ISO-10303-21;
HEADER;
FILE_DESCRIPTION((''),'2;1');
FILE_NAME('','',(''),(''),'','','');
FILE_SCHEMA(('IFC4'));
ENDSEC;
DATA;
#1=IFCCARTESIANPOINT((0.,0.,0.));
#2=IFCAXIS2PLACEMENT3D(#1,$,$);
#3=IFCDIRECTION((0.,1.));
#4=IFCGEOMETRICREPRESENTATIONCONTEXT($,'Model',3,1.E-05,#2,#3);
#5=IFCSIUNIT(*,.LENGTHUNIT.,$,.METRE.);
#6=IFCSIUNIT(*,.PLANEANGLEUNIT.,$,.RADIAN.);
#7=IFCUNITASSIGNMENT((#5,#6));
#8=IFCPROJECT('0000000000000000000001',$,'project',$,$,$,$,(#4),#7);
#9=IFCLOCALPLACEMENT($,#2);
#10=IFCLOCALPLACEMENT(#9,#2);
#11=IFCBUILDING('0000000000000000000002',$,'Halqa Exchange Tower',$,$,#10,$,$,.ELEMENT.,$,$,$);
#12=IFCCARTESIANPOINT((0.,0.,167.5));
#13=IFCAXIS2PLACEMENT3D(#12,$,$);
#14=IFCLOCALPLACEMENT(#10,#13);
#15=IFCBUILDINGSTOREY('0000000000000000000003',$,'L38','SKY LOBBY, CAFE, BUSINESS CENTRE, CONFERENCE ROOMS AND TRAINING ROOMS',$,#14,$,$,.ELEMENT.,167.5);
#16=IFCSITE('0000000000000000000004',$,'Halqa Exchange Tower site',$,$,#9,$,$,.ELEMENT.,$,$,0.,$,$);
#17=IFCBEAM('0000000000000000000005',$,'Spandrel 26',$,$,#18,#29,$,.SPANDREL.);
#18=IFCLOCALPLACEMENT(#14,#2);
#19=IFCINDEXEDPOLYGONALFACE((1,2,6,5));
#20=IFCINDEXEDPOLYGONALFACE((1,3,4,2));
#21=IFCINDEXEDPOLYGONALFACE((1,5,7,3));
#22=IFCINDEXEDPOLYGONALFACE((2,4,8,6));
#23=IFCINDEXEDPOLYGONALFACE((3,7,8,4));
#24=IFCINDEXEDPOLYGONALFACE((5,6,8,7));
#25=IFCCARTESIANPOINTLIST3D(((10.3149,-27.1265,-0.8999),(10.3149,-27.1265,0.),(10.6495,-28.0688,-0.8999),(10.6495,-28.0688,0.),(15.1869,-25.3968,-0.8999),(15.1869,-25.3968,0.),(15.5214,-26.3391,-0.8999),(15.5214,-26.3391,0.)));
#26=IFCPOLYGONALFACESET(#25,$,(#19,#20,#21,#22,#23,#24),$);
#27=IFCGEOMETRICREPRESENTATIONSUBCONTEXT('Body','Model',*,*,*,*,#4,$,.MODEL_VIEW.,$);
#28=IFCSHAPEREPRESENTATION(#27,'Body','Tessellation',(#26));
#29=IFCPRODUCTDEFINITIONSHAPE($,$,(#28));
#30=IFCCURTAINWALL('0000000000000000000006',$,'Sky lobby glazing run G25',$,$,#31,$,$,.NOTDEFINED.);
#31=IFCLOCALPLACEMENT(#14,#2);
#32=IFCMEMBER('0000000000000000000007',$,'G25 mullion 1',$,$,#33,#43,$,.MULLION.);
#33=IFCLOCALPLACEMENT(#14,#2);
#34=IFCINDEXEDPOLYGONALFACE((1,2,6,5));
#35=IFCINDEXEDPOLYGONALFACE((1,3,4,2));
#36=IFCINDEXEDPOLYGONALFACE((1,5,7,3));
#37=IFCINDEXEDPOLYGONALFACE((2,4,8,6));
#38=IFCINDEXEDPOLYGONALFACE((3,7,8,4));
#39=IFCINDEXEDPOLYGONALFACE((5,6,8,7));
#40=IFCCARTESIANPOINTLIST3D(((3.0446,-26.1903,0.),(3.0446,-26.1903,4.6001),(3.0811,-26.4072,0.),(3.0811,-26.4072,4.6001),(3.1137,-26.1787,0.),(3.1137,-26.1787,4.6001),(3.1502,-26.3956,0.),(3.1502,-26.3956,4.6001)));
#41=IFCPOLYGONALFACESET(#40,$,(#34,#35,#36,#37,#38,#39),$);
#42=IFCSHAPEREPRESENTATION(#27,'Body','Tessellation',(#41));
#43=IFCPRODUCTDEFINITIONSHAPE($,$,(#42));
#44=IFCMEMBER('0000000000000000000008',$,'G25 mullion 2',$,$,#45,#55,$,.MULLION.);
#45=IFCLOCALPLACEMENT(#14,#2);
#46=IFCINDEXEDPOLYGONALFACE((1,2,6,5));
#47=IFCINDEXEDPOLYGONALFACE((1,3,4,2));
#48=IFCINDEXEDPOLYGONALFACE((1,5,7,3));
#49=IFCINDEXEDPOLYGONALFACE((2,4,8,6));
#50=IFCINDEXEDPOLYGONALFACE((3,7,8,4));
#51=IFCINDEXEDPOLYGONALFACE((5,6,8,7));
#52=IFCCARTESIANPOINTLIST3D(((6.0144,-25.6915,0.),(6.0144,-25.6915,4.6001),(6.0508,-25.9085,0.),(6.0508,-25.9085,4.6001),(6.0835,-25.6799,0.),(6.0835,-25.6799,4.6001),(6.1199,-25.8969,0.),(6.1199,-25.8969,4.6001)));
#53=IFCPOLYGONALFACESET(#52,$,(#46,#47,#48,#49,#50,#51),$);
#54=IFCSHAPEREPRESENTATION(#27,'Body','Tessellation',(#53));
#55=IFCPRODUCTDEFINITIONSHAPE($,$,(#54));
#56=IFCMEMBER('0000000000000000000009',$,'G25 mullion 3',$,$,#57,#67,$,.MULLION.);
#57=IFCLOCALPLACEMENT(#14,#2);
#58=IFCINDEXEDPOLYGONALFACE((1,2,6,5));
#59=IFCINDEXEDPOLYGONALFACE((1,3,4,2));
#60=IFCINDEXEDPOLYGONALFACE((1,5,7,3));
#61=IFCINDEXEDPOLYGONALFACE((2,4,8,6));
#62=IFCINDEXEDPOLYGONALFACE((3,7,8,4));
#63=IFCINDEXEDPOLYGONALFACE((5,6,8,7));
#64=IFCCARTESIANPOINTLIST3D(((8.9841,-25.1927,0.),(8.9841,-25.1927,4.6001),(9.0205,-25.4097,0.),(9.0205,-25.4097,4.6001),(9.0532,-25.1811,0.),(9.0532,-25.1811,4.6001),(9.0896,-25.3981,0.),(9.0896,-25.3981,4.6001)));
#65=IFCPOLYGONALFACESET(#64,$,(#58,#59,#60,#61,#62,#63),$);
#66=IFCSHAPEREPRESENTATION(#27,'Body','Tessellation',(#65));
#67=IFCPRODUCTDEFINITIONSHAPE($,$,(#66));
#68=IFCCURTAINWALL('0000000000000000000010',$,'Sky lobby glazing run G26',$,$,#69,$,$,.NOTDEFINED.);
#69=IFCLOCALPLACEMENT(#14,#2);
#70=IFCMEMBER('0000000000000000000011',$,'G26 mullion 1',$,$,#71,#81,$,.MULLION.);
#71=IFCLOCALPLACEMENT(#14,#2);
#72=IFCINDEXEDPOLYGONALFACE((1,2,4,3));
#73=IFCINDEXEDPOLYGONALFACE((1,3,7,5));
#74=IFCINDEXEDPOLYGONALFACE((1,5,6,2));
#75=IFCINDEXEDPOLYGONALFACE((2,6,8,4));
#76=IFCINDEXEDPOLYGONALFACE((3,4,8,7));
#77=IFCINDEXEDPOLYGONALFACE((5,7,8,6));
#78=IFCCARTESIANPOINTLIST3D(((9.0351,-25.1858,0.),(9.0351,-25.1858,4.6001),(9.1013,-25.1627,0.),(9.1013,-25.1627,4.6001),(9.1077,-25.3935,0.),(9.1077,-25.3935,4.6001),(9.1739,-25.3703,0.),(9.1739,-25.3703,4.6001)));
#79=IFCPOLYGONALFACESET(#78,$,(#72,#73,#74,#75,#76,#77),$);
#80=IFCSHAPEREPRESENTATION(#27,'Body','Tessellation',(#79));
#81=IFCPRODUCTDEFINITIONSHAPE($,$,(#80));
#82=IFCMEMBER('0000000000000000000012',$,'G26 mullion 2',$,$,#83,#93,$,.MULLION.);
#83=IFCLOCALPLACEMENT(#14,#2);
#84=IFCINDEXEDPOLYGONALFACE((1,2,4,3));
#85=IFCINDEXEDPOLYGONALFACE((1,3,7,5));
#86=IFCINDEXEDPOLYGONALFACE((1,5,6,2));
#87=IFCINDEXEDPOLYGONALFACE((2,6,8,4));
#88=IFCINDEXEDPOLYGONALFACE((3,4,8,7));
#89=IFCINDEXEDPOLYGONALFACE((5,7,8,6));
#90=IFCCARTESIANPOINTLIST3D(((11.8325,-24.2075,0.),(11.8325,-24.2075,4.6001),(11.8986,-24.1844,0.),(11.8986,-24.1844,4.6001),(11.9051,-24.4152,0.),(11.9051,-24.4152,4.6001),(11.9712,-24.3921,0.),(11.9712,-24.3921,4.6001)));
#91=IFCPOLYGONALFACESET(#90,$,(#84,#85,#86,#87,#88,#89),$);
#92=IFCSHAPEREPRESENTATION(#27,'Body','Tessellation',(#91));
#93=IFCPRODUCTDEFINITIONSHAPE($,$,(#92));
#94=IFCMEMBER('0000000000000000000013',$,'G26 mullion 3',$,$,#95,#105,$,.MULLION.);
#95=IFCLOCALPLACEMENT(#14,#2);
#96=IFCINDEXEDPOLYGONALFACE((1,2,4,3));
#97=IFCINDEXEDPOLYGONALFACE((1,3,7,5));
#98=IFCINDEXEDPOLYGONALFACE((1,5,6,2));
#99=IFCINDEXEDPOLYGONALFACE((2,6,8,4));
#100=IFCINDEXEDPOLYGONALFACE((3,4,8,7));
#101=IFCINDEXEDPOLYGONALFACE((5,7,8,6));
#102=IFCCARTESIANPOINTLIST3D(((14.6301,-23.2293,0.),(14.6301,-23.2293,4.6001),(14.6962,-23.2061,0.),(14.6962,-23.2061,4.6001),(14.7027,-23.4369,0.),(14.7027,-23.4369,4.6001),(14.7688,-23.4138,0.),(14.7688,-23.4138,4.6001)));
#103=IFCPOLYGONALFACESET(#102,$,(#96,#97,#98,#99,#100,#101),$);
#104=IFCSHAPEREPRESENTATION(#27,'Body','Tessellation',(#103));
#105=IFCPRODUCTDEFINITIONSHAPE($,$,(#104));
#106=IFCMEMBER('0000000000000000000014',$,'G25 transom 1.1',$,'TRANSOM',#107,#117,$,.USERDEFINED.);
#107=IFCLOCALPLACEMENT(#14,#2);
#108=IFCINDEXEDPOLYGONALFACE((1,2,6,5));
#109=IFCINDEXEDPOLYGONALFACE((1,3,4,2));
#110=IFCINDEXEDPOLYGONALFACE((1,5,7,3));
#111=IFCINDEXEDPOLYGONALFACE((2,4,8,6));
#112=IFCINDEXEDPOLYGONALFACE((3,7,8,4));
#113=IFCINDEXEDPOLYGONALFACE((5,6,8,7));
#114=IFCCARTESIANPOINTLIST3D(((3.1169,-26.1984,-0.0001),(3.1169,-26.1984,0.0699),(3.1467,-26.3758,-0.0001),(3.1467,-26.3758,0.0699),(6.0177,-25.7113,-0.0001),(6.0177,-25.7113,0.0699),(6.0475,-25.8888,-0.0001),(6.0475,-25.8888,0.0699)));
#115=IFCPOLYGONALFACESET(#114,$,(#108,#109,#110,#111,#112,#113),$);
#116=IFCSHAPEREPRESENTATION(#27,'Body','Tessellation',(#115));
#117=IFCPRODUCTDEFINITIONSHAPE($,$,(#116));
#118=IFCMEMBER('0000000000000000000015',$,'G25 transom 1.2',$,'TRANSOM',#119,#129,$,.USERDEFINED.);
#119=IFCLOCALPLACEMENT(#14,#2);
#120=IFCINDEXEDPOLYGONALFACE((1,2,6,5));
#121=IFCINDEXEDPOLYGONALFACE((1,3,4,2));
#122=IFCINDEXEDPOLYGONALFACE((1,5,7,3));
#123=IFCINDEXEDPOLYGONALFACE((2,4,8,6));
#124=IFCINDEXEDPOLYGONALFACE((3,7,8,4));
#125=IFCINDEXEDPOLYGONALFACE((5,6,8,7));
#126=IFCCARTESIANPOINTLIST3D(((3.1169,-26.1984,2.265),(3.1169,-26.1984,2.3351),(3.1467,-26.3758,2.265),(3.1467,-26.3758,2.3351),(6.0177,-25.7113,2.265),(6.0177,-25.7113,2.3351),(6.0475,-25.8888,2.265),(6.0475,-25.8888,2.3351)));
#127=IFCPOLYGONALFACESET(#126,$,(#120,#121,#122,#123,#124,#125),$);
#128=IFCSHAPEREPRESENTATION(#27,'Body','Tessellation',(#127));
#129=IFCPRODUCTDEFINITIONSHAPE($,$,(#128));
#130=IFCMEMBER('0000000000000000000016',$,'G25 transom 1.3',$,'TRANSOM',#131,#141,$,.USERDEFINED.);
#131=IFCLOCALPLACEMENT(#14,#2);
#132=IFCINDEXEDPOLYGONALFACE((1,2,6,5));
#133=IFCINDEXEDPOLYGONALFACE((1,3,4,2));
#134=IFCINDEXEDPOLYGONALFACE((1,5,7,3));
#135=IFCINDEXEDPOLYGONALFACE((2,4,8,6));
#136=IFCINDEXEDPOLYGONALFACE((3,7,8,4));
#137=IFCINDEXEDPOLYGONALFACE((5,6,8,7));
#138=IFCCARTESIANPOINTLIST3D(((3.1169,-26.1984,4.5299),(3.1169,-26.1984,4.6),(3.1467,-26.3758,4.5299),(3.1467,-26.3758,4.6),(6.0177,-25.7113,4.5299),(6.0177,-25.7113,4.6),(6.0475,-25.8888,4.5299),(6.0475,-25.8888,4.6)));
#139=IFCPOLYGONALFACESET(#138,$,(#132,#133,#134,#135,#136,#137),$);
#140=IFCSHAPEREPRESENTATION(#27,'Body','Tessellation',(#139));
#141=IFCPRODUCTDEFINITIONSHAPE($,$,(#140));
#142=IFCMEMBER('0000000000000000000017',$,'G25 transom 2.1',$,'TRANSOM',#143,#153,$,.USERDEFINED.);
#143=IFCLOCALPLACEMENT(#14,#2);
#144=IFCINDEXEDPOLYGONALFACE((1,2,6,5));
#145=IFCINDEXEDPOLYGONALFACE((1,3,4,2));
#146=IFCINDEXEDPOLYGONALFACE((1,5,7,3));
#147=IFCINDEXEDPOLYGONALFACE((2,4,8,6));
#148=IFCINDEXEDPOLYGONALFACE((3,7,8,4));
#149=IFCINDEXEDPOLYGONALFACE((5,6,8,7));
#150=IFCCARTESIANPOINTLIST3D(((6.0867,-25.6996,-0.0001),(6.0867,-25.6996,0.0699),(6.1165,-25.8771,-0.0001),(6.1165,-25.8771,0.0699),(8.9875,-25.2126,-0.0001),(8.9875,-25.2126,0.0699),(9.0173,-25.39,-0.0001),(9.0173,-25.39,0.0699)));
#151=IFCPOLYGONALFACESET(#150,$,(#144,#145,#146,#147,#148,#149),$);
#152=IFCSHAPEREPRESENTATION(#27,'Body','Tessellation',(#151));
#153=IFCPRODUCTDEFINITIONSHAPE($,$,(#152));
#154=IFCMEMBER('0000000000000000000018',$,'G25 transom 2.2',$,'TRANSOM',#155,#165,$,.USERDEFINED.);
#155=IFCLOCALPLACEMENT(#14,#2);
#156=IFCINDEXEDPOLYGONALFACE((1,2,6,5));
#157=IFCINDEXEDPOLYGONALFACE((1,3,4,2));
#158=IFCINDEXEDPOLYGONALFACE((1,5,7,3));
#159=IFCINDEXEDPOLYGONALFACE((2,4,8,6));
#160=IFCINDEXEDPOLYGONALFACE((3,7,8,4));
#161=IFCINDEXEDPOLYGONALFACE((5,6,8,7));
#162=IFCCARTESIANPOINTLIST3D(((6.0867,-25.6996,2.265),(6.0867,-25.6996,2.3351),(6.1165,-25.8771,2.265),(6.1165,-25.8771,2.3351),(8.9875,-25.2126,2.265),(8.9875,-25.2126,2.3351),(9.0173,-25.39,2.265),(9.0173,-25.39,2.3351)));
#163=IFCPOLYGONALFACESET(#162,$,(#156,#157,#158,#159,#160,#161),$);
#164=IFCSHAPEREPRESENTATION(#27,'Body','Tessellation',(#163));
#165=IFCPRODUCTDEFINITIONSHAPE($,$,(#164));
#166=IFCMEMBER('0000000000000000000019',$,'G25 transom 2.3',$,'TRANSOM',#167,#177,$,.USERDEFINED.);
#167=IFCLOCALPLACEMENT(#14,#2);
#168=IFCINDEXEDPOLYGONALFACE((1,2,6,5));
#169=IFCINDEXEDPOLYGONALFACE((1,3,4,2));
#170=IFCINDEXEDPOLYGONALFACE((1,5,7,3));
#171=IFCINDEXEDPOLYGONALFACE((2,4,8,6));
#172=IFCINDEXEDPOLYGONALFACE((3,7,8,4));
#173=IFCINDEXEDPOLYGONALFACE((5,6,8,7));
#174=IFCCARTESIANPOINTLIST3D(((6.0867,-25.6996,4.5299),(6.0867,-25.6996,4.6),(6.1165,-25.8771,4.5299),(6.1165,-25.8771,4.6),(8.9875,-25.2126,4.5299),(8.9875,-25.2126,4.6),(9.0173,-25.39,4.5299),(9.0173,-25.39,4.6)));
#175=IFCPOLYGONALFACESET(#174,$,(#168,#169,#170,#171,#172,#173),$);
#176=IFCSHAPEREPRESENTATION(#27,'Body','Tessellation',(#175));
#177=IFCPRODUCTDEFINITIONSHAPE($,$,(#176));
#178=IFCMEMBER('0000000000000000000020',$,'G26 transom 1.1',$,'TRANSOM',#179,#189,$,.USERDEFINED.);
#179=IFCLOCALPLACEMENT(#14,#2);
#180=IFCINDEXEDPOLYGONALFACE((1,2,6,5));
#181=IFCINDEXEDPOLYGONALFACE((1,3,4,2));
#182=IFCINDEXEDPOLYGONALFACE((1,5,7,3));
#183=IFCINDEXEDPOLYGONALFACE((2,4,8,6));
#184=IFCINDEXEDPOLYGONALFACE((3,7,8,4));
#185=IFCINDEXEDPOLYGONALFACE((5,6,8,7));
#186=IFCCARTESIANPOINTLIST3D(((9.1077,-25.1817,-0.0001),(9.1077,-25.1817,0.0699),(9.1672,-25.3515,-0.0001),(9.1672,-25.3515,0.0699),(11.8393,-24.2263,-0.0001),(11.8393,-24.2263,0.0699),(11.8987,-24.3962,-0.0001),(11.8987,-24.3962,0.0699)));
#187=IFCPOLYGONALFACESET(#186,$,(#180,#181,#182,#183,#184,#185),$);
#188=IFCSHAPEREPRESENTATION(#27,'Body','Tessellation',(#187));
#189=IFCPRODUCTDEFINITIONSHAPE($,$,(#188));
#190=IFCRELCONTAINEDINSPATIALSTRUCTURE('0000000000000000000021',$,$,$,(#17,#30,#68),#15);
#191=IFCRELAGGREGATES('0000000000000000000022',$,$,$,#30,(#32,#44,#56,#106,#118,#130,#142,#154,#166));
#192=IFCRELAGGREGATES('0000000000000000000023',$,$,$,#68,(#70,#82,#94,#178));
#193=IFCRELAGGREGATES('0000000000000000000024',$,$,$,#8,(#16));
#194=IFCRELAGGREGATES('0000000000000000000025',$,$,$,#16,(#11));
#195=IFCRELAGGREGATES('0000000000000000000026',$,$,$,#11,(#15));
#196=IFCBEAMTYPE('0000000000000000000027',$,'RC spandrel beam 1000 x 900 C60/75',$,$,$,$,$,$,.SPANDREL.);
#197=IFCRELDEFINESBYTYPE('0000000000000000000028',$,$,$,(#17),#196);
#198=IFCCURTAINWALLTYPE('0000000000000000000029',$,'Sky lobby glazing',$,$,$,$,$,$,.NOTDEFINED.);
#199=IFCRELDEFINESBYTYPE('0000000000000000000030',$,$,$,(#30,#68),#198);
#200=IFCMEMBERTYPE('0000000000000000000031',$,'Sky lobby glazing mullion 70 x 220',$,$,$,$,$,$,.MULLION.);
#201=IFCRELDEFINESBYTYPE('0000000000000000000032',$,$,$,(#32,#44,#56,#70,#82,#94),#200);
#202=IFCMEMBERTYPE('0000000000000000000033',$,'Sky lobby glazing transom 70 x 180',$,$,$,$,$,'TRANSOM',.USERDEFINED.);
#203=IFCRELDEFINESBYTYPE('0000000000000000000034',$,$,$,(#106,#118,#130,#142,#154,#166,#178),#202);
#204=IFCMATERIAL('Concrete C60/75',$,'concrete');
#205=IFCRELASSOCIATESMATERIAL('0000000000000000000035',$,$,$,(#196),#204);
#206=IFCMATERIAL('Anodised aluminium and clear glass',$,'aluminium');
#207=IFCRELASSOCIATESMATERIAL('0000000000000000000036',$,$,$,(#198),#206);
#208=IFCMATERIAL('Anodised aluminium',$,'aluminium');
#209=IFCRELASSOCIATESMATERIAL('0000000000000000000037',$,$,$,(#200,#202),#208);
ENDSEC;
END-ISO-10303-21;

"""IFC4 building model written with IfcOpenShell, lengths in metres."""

from ifc_helpers import new_model, si_unit, direction, frame, origin, origin_2d, place, context, subcontext, project, spatial, rectangle, extrude, material, material_profile, profile_set, type_object, element, aggregate, save


model = new_model("IFC4")

# Units and contexts
model_context = context("Model", 3, precision=1e-05, world=origin(), true_north=direction((0.0, 1.0)))
body_context = subcontext(model_context, "Body", "Model", "MODEL_VIEW")
ifc_project = project(units=[si_unit("LENGTHUNIT", "METRE"), si_unit("PLANEANGLEUNIT", "RADIAN")], contexts=[model_context])

# Site, building, storey
site_placement = place(None, origin())
site = spatial("IfcSite", under=ifc_project, at=site_placement, Name="Halqa Exchange Tower site", CompositionType="ELEMENT", RefElevation=0.0)
building_placement = place(site_placement, origin())
building = spatial("IfcBuilding", under=site, at=building_placement, Name="Halqa Exchange Tower", CompositionType="ELEMENT")
storey_placement = place(building_placement, frame((0.0, 0.0, 167.5)))
storey = spatial("IfcBuildingStorey", under=building, at=storey_placement, Name="L38", Description="SKY LOBBY, CAFE, BUSINESS CENTRE, CONFERENCE ROOMS AND TRAINING ROOMS", CompositionType="ELEMENT", Elevation=167.5)

# Beam
ifc_material_1 = material(Name="Concrete C60/75", Category="concrete")
ifc_material_profile_1 = material_profile(ifc_material_1, rectangle(XDim=1.0, YDim=0.8999, at=origin_2d()), Name="1000 x 900")
ifc_profile_set_1 = profile_set([ifc_material_profile_1], Name="Concrete C60/75")
beam_type_1 = type_object("IfcBeamType", Name="RC spandrel beam 1000 x 900 C60/75", PredefinedType="SPANDREL", material=ifc_profile_set_1)
beam_1_placement = place(storey_placement, frame((10.4822, -27.5977, -0.45), z_axis=(0.942371, 0.334571, 0.0), x_axis=(-0.334571, 0.942371, 0.0)))
element("IfcBeam", 1, at=beam_1_placement, inside=storey, type_object=beam_type_1, Name="Spandrel 26", PredefinedType="SPANDREL", context=body_context, shape_type="SweptSolid", body=[
    extrude(rectangle(XDim=1.0, YDim=0.8999, at=origin_2d()), origin(), (0.0, 0.0, 1.0), 5.1699),
])

# Curtain walls, members
ifc_material_2 = material(Name="Anodised aluminium and clear glass", Category="aluminium")
curtain_wall_type = type_object("IfcCurtainWallType", Name="Sky lobby glazing", PredefinedType="NOTDEFINED", material=ifc_material_2)
curtain_wall_1_placement = place(storey_placement, origin())
curtain_wall_1 = element("IfcCurtainWall", 2, at=curtain_wall_1_placement, inside=storey, type_object=curtain_wall_type, Name="Sky lobby glazing run G25", PredefinedType="NOTDEFINED")
ifc_material_3 = material(Name="Anodised aluminium", Category="aluminium")
ifc_material_profile_2 = material_profile(ifc_material_3, rectangle(XDim=0.22, YDim=0.0701, at=origin_2d()), Name="AL 70x220")
ifc_profile_set_2 = profile_set([ifc_material_profile_2], Name="Anodised aluminium")
member_type_1 = type_object("IfcMemberType", Name="Sky lobby glazing mullion 70 x 220", PredefinedType="MULLION", material=ifc_profile_set_2)
member_1_placement = place(storey_placement, frame((3.0974, -26.293, 0.0), z_axis=(0.0, 0.0, 1.0), x_axis=(-0.165626, 0.986189, 0.0)))
member_1 = element("IfcMember", 3, at=member_1_placement, type_object=member_type_1, Name="G25 mullion 1", PredefinedType="MULLION", context=body_context, shape_type="SweptSolid", body=[
    extrude(rectangle(XDim=0.22, YDim=0.0701, at=origin_2d()), origin(), (0.0, 0.0, 1.0), 4.6001),
])
member_2_placement = place(storey_placement, frame((6.0671, -25.7942, 0.0), z_axis=(0.0, 0.0, 1.0), x_axis=(-0.165626, 0.986189, 0.0)))
member_2 = element("IfcMember", 4, at=member_2_placement, type_object=member_type_1, Name="G25 mullion 2", PredefinedType="MULLION", context=body_context, shape_type="SweptSolid", body=[
    extrude(rectangle(XDim=0.22, YDim=0.0701, at=origin_2d()), origin(), (0.0, 0.0, 1.0), 4.6001),
])
member_3_placement = place(storey_placement, frame((9.0369, -25.2954, 0.0), z_axis=(0.0, 0.0, 1.0), x_axis=(-0.165626, 0.986189, 0.0)))
member_3 = element("IfcMember", 5, at=member_3_placement, type_object=member_type_1, Name="G25 mullion 3", PredefinedType="MULLION", context=body_context, shape_type="SweptSolid", body=[
    extrude(rectangle(XDim=0.22, YDim=0.0701, at=origin_2d()), origin(), (0.0, 0.0, 1.0), 4.6001),
])
curtain_wall_2_placement = place(storey_placement, origin())
curtain_wall_2 = element("IfcCurtainWall", 6, at=curtain_wall_2_placement, inside=storey, type_object=curtain_wall_type, Name="Sky lobby glazing run G26", PredefinedType="NOTDEFINED")
member_4_placement = place(storey_placement, frame((9.1045, -25.2781, 0.0), z_axis=(0.0, 0.0, 1.0), x_axis=(-0.3301, 0.943946, 0.0)))
member_4 = element("IfcMember", 7, at=member_4_placement, type_object=member_type_1, Name="G26 mullion 1", PredefinedType="MULLION", context=body_context, shape_type="SweptSolid", body=[
    extrude(rectangle(XDim=0.22, YDim=0.0701, at=origin_2d()), origin(), (0.0, 0.0, 1.0), 4.6001),
])
member_5_placement = place(storey_placement, frame((11.9019, -24.2998, 0.0), z_axis=(0.0, 0.0, 1.0), x_axis=(-0.3301, 0.943946, 0.0)))
member_5 = element("IfcMember", 8, at=member_5_placement, type_object=member_type_1, Name="G26 mullion 2", PredefinedType="MULLION", context=body_context, shape_type="SweptSolid", body=[
    extrude(rectangle(XDim=0.22, YDim=0.0701, at=origin_2d()), origin(), (0.0, 0.0, 1.0), 4.6001),
])
member_6_placement = place(storey_placement, frame((14.6995, -23.3215, 0.0), z_axis=(0.0, 0.0, 1.0), x_axis=(-0.3301, 0.943946, 0.0)))
member_6 = element("IfcMember", 9, at=member_6_placement, type_object=member_type_1, Name="G26 mullion 3", PredefinedType="MULLION", context=body_context, shape_type="SweptSolid", body=[
    extrude(rectangle(XDim=0.22, YDim=0.0701, at=origin_2d()), origin(), (0.0, 0.0, 1.0), 4.6001),
])

# Members
ifc_material_profile_3 = material_profile(ifc_material_3, rectangle(XDim=0.1799, YDim=0.0701, at=origin_2d()), Name="AL 70x180")
ifc_profile_set_3 = profile_set([ifc_material_profile_3], Name="Anodised aluminium")
member_type_2 = type_object("IfcMemberType", Name="Sky lobby glazing transom 70 x 180", ElementType="TRANSOM", PredefinedType="USERDEFINED", material=ifc_profile_set_3)
member_7_placement = place(storey_placement, frame((3.1318, -26.2871, 0.0349), z_axis=(0.986196, 0.165583, 0.0), x_axis=(-0.165583, 0.986196, 0.0)))
member_7 = element("IfcMember", 10, at=member_7_placement, type_object=member_type_2, Name="G25 transom 1.1", ObjectType="TRANSOM", PredefinedType="USERDEFINED", context=body_context, shape_type="SweptSolid", body=[
    extrude(rectangle(XDim=0.1799, YDim=0.0701, at=origin_2d()), origin(), (0.0, 0.0, 1.0), 2.9414),
])
member_8_placement = place(storey_placement, frame((3.1318, -26.2871, 2.3), z_axis=(0.986196, 0.165583, 0.0), x_axis=(-0.165583, 0.986196, 0.0)))
member_8 = element("IfcMember", 11, at=member_8_placement, type_object=member_type_2, Name="G25 transom 1.2", ObjectType="TRANSOM", PredefinedType="USERDEFINED", context=body_context, shape_type="SweptSolid", body=[
    extrude(rectangle(XDim=0.1799, YDim=0.0701, at=origin_2d()), origin(), (0.0, 0.0, 1.0), 2.9414),
])
member_9_placement = place(storey_placement, frame((3.1318, -26.2871, 4.5649), z_axis=(0.986196, 0.165583, 0.0), x_axis=(-0.165583, 0.986196, 0.0)))
member_9 = element("IfcMember", 12, at=member_9_placement, type_object=member_type_2, Name="G25 transom 1.3", ObjectType="TRANSOM", PredefinedType="USERDEFINED", context=body_context, shape_type="SweptSolid", body=[
    extrude(rectangle(XDim=0.1799, YDim=0.0701, at=origin_2d()), origin(), (0.0, 0.0, 1.0), 2.9414),
])
member_10_placement = place(storey_placement, frame((6.1016, -25.7883, 0.0349), z_axis=(0.986196, 0.165583, 0.0), x_axis=(-0.165583, 0.986196, 0.0)))
member_10 = element("IfcMember", 13, at=member_10_placement, type_object=member_type_2, Name="G25 transom 2.1", ObjectType="TRANSOM", PredefinedType="USERDEFINED", context=body_context, shape_type="SweptSolid", body=[
    extrude(rectangle(XDim=0.1799, YDim=0.0701, at=origin_2d()), origin(), (0.0, 0.0, 1.0), 2.9414),
])
member_11_placement = place(storey_placement, frame((6.1016, -25.7883, 2.3), z_axis=(0.986196, 0.165583, 0.0), x_axis=(-0.165583, 0.986196, 0.0)))
member_11 = element("IfcMember", 14, at=member_11_placement, type_object=member_type_2, Name="G25 transom 2.2", ObjectType="TRANSOM", PredefinedType="USERDEFINED", context=body_context, shape_type="SweptSolid", body=[
    extrude(rectangle(XDim=0.1799, YDim=0.0701, at=origin_2d()), origin(), (0.0, 0.0, 1.0), 2.9414),
])
member_12_placement = place(storey_placement, frame((6.1016, -25.7883, 4.5649), z_axis=(0.986196, 0.165583, 0.0), x_axis=(-0.165583, 0.986196, 0.0)))
member_12 = element("IfcMember", 15, at=member_12_placement, type_object=member_type_2, Name="G25 transom 2.3", ObjectType="TRANSOM", PredefinedType="USERDEFINED", context=body_context, shape_type="SweptSolid", body=[
    extrude(rectangle(XDim=0.1799, YDim=0.0701, at=origin_2d()), origin(), (0.0, 0.0, 1.0), 2.9414),
])
member_13_placement = place(storey_placement, frame((9.1375, -25.2666, 0.0349), z_axis=(0.943932, 0.33014, 0.0), x_axis=(-0.33014, 0.943932, 0.0)))
member_13 = element("IfcMember", 16, at=member_13_placement, type_object=member_type_2, Name="G26 transom 1.1", ObjectType="TRANSOM", PredefinedType="USERDEFINED", context=body_context, shape_type="SweptSolid", body=[
    extrude(rectangle(XDim=0.1799, YDim=0.0701, at=origin_2d()), origin(), (0.0, 0.0, 1.0), 2.8938),
])

aggregate(curtain_wall_1, [member_1, member_2, member_3, member_7, member_8, member_9, member_10, member_11, member_12])
aggregate(curtain_wall_2, [member_4, member_5, member_6, member_13])

save(model, "model.ifc")
